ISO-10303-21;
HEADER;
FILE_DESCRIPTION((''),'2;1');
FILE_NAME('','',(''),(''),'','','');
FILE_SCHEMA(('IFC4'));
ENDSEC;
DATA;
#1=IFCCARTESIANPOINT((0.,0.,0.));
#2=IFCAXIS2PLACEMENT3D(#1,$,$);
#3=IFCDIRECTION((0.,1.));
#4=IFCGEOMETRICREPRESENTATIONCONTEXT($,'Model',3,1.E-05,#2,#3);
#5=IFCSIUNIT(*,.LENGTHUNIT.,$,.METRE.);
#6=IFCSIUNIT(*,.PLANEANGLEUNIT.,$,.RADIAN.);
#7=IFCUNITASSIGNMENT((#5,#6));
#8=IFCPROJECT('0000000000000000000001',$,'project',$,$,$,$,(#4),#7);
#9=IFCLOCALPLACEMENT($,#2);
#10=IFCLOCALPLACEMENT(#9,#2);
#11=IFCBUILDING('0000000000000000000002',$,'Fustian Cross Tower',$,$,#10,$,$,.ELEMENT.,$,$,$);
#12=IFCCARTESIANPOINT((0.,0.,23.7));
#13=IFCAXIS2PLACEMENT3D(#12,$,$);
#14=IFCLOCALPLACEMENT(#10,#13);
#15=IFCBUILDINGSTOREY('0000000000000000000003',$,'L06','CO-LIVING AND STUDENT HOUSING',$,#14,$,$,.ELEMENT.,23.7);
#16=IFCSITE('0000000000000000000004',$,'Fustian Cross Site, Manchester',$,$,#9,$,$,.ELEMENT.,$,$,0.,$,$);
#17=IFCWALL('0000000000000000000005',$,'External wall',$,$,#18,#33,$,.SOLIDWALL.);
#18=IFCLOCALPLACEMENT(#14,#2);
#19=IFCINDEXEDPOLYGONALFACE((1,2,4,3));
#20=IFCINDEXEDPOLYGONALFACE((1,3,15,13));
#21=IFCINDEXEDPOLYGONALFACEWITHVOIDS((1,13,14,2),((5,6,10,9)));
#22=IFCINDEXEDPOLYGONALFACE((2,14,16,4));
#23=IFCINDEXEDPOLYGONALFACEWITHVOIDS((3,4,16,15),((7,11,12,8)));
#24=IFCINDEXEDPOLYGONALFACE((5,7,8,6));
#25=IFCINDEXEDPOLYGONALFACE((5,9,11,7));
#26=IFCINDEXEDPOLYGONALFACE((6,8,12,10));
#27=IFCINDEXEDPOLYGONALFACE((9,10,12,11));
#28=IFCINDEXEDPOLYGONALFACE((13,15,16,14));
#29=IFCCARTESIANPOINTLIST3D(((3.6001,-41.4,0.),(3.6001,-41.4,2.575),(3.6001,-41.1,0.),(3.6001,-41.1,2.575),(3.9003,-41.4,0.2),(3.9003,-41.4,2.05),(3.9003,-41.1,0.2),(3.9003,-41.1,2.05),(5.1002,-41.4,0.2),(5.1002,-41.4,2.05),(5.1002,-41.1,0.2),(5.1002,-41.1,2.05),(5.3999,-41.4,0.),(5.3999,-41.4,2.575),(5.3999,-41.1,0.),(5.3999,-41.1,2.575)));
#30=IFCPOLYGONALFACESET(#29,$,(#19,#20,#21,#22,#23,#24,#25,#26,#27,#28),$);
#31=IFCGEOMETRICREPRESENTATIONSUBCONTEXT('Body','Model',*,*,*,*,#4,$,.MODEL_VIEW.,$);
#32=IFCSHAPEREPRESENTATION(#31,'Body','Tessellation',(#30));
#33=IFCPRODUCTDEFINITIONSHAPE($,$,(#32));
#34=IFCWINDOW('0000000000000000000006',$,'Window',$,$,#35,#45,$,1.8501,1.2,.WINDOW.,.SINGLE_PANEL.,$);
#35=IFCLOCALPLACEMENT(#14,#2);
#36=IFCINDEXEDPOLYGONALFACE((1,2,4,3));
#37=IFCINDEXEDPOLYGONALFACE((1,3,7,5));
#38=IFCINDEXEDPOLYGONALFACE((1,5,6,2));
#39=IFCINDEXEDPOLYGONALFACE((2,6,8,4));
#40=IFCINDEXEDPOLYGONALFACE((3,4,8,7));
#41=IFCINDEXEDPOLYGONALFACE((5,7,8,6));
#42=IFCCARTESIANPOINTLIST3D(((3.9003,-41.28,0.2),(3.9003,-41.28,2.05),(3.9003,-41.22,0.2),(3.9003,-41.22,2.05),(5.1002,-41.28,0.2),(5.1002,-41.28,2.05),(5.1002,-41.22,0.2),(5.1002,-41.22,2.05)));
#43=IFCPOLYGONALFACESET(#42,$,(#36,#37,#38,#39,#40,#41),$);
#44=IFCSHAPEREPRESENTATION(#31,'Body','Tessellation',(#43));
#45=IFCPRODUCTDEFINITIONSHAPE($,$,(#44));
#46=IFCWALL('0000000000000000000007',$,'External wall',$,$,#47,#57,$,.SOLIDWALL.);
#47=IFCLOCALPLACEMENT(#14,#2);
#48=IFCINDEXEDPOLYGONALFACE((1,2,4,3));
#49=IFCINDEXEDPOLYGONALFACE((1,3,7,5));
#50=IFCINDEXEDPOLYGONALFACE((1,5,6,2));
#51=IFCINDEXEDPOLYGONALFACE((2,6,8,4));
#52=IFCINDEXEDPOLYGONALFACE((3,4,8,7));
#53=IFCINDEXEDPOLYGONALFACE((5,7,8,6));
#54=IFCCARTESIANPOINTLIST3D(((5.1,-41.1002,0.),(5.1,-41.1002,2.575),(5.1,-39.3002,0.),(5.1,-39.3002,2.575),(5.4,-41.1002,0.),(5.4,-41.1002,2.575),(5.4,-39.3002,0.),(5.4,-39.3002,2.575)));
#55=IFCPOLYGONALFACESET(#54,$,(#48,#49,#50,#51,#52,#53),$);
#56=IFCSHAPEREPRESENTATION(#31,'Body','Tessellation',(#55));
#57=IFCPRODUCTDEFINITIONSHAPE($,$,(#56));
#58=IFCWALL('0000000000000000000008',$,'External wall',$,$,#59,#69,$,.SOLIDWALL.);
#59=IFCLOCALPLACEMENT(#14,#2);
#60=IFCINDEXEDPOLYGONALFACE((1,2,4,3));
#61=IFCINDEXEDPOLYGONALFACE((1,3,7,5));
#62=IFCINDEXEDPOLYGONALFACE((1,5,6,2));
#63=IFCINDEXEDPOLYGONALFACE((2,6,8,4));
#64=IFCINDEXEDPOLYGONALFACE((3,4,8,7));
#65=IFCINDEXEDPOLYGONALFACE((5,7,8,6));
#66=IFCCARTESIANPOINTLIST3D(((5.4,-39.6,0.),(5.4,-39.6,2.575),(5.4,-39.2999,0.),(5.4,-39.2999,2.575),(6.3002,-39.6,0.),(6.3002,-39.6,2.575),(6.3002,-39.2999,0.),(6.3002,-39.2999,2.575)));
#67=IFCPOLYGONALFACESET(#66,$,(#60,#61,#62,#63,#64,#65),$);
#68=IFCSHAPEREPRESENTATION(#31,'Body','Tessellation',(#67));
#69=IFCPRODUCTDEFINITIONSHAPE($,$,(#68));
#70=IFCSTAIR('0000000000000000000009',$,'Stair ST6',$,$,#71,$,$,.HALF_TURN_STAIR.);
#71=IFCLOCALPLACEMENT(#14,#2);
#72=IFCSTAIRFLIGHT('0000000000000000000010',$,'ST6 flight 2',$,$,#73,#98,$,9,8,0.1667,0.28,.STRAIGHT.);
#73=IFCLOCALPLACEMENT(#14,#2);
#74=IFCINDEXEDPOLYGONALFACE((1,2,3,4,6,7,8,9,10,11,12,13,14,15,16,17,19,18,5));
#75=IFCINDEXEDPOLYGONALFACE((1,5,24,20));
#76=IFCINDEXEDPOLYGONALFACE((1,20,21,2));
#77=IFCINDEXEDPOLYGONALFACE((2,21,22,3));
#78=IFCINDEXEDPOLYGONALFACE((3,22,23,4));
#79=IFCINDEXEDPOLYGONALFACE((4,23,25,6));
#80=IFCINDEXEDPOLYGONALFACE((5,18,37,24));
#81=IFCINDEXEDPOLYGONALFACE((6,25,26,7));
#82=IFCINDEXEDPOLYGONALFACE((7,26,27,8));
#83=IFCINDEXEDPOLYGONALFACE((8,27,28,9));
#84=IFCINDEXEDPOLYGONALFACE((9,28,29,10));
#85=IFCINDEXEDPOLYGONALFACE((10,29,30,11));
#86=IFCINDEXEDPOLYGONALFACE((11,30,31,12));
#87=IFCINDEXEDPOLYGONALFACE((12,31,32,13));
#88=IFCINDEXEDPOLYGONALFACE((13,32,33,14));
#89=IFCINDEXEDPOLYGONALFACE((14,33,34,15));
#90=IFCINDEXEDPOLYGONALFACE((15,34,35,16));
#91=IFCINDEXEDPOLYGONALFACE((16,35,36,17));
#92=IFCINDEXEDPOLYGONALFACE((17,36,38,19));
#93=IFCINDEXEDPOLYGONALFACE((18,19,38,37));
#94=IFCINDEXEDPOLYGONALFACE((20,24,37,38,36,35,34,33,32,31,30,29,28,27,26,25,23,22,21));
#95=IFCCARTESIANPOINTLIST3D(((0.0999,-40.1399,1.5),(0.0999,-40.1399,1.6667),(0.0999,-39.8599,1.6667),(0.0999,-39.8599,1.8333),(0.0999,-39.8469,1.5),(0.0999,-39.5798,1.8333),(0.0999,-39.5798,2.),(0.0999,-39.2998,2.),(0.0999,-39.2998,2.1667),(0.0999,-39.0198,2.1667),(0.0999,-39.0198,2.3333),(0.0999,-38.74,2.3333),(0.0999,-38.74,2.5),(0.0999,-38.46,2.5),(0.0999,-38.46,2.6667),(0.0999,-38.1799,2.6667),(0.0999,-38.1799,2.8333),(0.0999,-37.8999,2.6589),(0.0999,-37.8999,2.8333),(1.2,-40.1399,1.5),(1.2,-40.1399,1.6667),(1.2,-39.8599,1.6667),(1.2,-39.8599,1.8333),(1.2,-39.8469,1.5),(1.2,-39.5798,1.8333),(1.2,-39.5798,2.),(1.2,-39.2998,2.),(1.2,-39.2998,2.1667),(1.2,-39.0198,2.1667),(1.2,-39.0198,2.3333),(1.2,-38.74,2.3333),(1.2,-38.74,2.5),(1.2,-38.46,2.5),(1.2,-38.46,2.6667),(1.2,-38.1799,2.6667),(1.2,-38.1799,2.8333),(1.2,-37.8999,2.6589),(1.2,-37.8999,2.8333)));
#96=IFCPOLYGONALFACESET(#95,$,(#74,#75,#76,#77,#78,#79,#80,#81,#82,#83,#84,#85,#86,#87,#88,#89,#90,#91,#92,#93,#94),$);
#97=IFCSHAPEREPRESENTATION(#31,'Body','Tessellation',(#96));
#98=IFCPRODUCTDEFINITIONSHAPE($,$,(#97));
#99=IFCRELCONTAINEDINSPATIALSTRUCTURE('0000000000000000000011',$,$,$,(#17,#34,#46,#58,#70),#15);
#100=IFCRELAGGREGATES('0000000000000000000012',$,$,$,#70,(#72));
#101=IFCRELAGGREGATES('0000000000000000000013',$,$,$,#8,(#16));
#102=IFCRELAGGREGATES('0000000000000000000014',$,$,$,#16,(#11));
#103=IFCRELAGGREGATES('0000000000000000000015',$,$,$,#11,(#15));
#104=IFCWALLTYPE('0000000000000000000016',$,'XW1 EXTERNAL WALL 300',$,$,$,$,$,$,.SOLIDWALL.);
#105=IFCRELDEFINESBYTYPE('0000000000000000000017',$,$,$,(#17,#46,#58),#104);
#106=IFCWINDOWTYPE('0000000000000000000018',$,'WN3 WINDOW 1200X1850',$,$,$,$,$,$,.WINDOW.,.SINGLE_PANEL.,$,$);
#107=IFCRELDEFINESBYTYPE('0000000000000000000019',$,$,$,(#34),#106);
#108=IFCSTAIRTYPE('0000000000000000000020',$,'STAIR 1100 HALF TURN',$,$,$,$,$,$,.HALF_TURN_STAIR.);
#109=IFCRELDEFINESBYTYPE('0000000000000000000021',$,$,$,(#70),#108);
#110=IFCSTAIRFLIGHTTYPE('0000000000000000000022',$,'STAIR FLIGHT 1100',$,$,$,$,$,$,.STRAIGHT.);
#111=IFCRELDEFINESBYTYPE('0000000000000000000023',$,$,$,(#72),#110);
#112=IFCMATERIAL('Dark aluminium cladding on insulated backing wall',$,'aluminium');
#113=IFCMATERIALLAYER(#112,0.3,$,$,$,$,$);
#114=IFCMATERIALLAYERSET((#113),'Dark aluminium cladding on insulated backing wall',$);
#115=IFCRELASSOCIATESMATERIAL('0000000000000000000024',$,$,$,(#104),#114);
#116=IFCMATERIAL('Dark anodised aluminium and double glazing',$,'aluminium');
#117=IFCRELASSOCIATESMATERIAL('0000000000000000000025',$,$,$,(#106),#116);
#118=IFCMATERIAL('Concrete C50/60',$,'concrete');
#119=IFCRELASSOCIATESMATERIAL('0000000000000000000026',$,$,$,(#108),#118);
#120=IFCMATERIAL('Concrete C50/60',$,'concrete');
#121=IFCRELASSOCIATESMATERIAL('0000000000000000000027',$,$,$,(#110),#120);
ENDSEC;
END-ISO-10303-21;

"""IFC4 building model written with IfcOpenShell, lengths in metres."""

from ifc_helpers import new_model, si_unit, direction, frame, frame_2d, origin, place, context, subcontext, project, spatial, polyline, rectangle, outline, extrude, material, layer, layer_set, type_object, element, fill, aggregate, save


model = new_model("IFC4")

# Units and contexts
model_context = context("Model", 3, precision=1e-05, world=origin(), true_north=direction((0.0, 1.0)))
body_context = subcontext(model_context, "Body", "Model", "MODEL_VIEW")
ifc_project = project(units=[si_unit("LENGTHUNIT", "METRE"), si_unit("PLANEANGLEUNIT", "RADIAN")], contexts=[model_context])

# Site, building, storey
site_placement = place(None, origin())
site = spatial("IfcSite", under=ifc_project, at=site_placement, Name="Fustian Cross Site, Manchester", CompositionType="ELEMENT", RefElevation=0.0)
building_placement = place(site_placement, origin())
building = spatial("IfcBuilding", under=site, at=building_placement, Name="Fustian Cross Tower", CompositionType="ELEMENT")
storey_placement = place(building_placement, frame((0.0, 0.0, 23.7)))
storey = spatial("IfcBuildingStorey", under=building, at=storey_placement, Name="L06", Description="CO-LIVING AND STUDENT HOUSING", CompositionType="ELEMENT", Elevation=23.7)

# Shared definitions
ifc_material_1 = material(Name="Dark aluminium cladding on insulated backing wall", Category="aluminium")
ifc_layer_1 = layer(ifc_material_1, 0.3)
ifc_layer_set_1 = layer_set([ifc_layer_1], Name="Dark aluminium cladding on insulated backing wall")
wall_type_1 = type_object("IfcWallType", Name="XW1 EXTERNAL WALL 300", PredefinedType="SOLIDWALL", material=ifc_layer_set_1)

# Wall, opening, window
wall_1_placement = place(storey_placement, frame((3.6001, -41.25, 0.0), z_axis=(0.0, 0.0, 1.0), x_axis=(1.0, 0.0, 0.0)))
wall_1 = element("IfcWall", 1, at=wall_1_placement, inside=storey, type_object=wall_type_1, Name="External wall", PredefinedType="SOLIDWALL", context=body_context, shape_type="SweptSolid", body=[
    extrude(rectangle(XDim=1.7998, YDim=0.3, at=frame_2d((0.8999, 0.0))), origin(), (0.0, 0.0, 1.0), 2.575),
])
opening_1_placement = place(wall_1_placement, frame((0.3, 0.0, 0.2)))
opening_1 = element("IfcOpeningElement", 2, at=opening_1_placement, cuts=wall_1, PredefinedType="OPENING", context=body_context, shape_type="SweptSolid", body=[
    extrude(rectangle(XDim=1.2, YDim=1.8501, at=frame_2d((0.6001, 0.925))), frame((0.0, 0.1599, 0.0), z_axis=(0.0, -1.0, 0.0), x_axis=(1.0, 0.0, 0.0)), (0.0, 0.0, 1.0), 0.3201),
])
ifc_material_2 = material(Name="Dark anodised aluminium and double glazing", Category="aluminium")
window_type = type_object("IfcWindowType", Name="WN3 WINDOW 1200X1850", PartitioningType="SINGLE_PANEL", PredefinedType="WINDOW", material=ifc_material_2)
window_placement = place(opening_1_placement, origin())
window = element("IfcWindow", 3, at=window_placement, inside=storey, type_object=window_type, Name="Window", OverallHeight=1.8501, OverallWidth=1.2, PartitioningType="SINGLE_PANEL", PredefinedType="WINDOW", context=body_context, shape_type="SweptSolid", body=[
    extrude(rectangle(XDim=1.2, YDim=1.8501, at=frame_2d((0.6001, 0.925))), frame((0.0, 0.03, 0.0), z_axis=(0.0, -1.0, 0.0), x_axis=(1.0, 0.0, 0.0)), (0.0, 0.0, 1.0), 0.0601),
])
fill(opening_1, window)

# Walls
wall_2_placement = place(storey_placement, frame((5.25, -41.1001, 0.0), z_axis=(0.0, 0.0, 1.0), x_axis=(0.0, 1.0, 0.0)))
element("IfcWall", 4, at=wall_2_placement, inside=storey, type_object=wall_type_1, Name="External wall", PredefinedType="SOLIDWALL", context=body_context, shape_type="SweptSolid", body=[
    extrude(rectangle(XDim=1.8, YDim=0.3, at=frame_2d((0.8999, 0.0))), origin(), (0.0, 0.0, 1.0), 2.575),
])
wall_3_placement = place(storey_placement, frame((5.3999, -39.45, 0.0), z_axis=(0.0, 0.0, 1.0), x_axis=(1.0, 0.0, 0.0)))
element("IfcWall", 5, at=wall_3_placement, inside=storey, type_object=wall_type_1, Name="External wall", PredefinedType="SOLIDWALL", context=body_context, shape_type="SweptSolid", body=[
    extrude(rectangle(XDim=0.9001, YDim=0.3, at=frame_2d((0.4502, 0.0))), origin(), (0.0, 0.0, 1.0), 2.575),
])

# Stair, stair flight
ifc_material_3 = material(Name="Concrete C50/60", Category="concrete")
stair_type = type_object("IfcStairType", Name="STAIR 1100 HALF TURN", PredefinedType="HALF_TURN_STAIR", material=ifc_material_3)
stair_placement = place(storey_placement, origin())
stair = element("IfcStair", 6, at=stair_placement, inside=storey, type_object=stair_type, Name="Stair ST6", PredefinedType="HALF_TURN_STAIR")
ifc_material_4 = material(Name="Concrete C50/60", Category="concrete")
stair_flight_type = type_object("IfcStairFlightType", Name="STAIR FLIGHT 1100", PredefinedType="STRAIGHT", material=ifc_material_4)
stair_flight_placement = place(storey_placement, frame((0.6499, -40.1399, 1.5), z_axis=(0.0, 0.0, 1.0), x_axis=(0.0, 1.0, 0.0)))
stair_flight = element("IfcStairFlight", 7, at=stair_flight_placement, type_object=stair_flight_type, Name="ST6 flight 2", NumberOfRisers=9, NumberOfTreads=8, PredefinedType="STRAIGHT", RiserHeight=0.1667, TreadLength=0.28, context=body_context, shape_type="SweptSolid", body=[
    extrude(outline(polyline([(0.0, 0.0), (0.0, 0.1667), (0.28, 0.1667), (0.28, 0.3333), (0.5601, 0.3333), (0.5601, 0.5), (0.8401, 0.5), (0.8401, 0.6667), (1.1201, 0.6667), (1.1201, 0.8333), (1.3999, 0.8333), (1.3999, 1.0), (1.6799, 1.0), (1.6799, 1.1667), (1.96, 1.1667), (1.96, 1.3333), (2.24, 1.3333), (2.24, 1.5), (2.24, 1.1589), (0.293, 0.0), (0.0, 0.0)])), frame((0.0, 0.55, 0.0), z_axis=(0.0, -1.0, 0.0), x_axis=(1.0, 0.0, 0.0)), (0.0, 0.0, 1.0), 1.1001),
])
aggregate(stair, [stair_flight])

save(model, "model.ifc")
